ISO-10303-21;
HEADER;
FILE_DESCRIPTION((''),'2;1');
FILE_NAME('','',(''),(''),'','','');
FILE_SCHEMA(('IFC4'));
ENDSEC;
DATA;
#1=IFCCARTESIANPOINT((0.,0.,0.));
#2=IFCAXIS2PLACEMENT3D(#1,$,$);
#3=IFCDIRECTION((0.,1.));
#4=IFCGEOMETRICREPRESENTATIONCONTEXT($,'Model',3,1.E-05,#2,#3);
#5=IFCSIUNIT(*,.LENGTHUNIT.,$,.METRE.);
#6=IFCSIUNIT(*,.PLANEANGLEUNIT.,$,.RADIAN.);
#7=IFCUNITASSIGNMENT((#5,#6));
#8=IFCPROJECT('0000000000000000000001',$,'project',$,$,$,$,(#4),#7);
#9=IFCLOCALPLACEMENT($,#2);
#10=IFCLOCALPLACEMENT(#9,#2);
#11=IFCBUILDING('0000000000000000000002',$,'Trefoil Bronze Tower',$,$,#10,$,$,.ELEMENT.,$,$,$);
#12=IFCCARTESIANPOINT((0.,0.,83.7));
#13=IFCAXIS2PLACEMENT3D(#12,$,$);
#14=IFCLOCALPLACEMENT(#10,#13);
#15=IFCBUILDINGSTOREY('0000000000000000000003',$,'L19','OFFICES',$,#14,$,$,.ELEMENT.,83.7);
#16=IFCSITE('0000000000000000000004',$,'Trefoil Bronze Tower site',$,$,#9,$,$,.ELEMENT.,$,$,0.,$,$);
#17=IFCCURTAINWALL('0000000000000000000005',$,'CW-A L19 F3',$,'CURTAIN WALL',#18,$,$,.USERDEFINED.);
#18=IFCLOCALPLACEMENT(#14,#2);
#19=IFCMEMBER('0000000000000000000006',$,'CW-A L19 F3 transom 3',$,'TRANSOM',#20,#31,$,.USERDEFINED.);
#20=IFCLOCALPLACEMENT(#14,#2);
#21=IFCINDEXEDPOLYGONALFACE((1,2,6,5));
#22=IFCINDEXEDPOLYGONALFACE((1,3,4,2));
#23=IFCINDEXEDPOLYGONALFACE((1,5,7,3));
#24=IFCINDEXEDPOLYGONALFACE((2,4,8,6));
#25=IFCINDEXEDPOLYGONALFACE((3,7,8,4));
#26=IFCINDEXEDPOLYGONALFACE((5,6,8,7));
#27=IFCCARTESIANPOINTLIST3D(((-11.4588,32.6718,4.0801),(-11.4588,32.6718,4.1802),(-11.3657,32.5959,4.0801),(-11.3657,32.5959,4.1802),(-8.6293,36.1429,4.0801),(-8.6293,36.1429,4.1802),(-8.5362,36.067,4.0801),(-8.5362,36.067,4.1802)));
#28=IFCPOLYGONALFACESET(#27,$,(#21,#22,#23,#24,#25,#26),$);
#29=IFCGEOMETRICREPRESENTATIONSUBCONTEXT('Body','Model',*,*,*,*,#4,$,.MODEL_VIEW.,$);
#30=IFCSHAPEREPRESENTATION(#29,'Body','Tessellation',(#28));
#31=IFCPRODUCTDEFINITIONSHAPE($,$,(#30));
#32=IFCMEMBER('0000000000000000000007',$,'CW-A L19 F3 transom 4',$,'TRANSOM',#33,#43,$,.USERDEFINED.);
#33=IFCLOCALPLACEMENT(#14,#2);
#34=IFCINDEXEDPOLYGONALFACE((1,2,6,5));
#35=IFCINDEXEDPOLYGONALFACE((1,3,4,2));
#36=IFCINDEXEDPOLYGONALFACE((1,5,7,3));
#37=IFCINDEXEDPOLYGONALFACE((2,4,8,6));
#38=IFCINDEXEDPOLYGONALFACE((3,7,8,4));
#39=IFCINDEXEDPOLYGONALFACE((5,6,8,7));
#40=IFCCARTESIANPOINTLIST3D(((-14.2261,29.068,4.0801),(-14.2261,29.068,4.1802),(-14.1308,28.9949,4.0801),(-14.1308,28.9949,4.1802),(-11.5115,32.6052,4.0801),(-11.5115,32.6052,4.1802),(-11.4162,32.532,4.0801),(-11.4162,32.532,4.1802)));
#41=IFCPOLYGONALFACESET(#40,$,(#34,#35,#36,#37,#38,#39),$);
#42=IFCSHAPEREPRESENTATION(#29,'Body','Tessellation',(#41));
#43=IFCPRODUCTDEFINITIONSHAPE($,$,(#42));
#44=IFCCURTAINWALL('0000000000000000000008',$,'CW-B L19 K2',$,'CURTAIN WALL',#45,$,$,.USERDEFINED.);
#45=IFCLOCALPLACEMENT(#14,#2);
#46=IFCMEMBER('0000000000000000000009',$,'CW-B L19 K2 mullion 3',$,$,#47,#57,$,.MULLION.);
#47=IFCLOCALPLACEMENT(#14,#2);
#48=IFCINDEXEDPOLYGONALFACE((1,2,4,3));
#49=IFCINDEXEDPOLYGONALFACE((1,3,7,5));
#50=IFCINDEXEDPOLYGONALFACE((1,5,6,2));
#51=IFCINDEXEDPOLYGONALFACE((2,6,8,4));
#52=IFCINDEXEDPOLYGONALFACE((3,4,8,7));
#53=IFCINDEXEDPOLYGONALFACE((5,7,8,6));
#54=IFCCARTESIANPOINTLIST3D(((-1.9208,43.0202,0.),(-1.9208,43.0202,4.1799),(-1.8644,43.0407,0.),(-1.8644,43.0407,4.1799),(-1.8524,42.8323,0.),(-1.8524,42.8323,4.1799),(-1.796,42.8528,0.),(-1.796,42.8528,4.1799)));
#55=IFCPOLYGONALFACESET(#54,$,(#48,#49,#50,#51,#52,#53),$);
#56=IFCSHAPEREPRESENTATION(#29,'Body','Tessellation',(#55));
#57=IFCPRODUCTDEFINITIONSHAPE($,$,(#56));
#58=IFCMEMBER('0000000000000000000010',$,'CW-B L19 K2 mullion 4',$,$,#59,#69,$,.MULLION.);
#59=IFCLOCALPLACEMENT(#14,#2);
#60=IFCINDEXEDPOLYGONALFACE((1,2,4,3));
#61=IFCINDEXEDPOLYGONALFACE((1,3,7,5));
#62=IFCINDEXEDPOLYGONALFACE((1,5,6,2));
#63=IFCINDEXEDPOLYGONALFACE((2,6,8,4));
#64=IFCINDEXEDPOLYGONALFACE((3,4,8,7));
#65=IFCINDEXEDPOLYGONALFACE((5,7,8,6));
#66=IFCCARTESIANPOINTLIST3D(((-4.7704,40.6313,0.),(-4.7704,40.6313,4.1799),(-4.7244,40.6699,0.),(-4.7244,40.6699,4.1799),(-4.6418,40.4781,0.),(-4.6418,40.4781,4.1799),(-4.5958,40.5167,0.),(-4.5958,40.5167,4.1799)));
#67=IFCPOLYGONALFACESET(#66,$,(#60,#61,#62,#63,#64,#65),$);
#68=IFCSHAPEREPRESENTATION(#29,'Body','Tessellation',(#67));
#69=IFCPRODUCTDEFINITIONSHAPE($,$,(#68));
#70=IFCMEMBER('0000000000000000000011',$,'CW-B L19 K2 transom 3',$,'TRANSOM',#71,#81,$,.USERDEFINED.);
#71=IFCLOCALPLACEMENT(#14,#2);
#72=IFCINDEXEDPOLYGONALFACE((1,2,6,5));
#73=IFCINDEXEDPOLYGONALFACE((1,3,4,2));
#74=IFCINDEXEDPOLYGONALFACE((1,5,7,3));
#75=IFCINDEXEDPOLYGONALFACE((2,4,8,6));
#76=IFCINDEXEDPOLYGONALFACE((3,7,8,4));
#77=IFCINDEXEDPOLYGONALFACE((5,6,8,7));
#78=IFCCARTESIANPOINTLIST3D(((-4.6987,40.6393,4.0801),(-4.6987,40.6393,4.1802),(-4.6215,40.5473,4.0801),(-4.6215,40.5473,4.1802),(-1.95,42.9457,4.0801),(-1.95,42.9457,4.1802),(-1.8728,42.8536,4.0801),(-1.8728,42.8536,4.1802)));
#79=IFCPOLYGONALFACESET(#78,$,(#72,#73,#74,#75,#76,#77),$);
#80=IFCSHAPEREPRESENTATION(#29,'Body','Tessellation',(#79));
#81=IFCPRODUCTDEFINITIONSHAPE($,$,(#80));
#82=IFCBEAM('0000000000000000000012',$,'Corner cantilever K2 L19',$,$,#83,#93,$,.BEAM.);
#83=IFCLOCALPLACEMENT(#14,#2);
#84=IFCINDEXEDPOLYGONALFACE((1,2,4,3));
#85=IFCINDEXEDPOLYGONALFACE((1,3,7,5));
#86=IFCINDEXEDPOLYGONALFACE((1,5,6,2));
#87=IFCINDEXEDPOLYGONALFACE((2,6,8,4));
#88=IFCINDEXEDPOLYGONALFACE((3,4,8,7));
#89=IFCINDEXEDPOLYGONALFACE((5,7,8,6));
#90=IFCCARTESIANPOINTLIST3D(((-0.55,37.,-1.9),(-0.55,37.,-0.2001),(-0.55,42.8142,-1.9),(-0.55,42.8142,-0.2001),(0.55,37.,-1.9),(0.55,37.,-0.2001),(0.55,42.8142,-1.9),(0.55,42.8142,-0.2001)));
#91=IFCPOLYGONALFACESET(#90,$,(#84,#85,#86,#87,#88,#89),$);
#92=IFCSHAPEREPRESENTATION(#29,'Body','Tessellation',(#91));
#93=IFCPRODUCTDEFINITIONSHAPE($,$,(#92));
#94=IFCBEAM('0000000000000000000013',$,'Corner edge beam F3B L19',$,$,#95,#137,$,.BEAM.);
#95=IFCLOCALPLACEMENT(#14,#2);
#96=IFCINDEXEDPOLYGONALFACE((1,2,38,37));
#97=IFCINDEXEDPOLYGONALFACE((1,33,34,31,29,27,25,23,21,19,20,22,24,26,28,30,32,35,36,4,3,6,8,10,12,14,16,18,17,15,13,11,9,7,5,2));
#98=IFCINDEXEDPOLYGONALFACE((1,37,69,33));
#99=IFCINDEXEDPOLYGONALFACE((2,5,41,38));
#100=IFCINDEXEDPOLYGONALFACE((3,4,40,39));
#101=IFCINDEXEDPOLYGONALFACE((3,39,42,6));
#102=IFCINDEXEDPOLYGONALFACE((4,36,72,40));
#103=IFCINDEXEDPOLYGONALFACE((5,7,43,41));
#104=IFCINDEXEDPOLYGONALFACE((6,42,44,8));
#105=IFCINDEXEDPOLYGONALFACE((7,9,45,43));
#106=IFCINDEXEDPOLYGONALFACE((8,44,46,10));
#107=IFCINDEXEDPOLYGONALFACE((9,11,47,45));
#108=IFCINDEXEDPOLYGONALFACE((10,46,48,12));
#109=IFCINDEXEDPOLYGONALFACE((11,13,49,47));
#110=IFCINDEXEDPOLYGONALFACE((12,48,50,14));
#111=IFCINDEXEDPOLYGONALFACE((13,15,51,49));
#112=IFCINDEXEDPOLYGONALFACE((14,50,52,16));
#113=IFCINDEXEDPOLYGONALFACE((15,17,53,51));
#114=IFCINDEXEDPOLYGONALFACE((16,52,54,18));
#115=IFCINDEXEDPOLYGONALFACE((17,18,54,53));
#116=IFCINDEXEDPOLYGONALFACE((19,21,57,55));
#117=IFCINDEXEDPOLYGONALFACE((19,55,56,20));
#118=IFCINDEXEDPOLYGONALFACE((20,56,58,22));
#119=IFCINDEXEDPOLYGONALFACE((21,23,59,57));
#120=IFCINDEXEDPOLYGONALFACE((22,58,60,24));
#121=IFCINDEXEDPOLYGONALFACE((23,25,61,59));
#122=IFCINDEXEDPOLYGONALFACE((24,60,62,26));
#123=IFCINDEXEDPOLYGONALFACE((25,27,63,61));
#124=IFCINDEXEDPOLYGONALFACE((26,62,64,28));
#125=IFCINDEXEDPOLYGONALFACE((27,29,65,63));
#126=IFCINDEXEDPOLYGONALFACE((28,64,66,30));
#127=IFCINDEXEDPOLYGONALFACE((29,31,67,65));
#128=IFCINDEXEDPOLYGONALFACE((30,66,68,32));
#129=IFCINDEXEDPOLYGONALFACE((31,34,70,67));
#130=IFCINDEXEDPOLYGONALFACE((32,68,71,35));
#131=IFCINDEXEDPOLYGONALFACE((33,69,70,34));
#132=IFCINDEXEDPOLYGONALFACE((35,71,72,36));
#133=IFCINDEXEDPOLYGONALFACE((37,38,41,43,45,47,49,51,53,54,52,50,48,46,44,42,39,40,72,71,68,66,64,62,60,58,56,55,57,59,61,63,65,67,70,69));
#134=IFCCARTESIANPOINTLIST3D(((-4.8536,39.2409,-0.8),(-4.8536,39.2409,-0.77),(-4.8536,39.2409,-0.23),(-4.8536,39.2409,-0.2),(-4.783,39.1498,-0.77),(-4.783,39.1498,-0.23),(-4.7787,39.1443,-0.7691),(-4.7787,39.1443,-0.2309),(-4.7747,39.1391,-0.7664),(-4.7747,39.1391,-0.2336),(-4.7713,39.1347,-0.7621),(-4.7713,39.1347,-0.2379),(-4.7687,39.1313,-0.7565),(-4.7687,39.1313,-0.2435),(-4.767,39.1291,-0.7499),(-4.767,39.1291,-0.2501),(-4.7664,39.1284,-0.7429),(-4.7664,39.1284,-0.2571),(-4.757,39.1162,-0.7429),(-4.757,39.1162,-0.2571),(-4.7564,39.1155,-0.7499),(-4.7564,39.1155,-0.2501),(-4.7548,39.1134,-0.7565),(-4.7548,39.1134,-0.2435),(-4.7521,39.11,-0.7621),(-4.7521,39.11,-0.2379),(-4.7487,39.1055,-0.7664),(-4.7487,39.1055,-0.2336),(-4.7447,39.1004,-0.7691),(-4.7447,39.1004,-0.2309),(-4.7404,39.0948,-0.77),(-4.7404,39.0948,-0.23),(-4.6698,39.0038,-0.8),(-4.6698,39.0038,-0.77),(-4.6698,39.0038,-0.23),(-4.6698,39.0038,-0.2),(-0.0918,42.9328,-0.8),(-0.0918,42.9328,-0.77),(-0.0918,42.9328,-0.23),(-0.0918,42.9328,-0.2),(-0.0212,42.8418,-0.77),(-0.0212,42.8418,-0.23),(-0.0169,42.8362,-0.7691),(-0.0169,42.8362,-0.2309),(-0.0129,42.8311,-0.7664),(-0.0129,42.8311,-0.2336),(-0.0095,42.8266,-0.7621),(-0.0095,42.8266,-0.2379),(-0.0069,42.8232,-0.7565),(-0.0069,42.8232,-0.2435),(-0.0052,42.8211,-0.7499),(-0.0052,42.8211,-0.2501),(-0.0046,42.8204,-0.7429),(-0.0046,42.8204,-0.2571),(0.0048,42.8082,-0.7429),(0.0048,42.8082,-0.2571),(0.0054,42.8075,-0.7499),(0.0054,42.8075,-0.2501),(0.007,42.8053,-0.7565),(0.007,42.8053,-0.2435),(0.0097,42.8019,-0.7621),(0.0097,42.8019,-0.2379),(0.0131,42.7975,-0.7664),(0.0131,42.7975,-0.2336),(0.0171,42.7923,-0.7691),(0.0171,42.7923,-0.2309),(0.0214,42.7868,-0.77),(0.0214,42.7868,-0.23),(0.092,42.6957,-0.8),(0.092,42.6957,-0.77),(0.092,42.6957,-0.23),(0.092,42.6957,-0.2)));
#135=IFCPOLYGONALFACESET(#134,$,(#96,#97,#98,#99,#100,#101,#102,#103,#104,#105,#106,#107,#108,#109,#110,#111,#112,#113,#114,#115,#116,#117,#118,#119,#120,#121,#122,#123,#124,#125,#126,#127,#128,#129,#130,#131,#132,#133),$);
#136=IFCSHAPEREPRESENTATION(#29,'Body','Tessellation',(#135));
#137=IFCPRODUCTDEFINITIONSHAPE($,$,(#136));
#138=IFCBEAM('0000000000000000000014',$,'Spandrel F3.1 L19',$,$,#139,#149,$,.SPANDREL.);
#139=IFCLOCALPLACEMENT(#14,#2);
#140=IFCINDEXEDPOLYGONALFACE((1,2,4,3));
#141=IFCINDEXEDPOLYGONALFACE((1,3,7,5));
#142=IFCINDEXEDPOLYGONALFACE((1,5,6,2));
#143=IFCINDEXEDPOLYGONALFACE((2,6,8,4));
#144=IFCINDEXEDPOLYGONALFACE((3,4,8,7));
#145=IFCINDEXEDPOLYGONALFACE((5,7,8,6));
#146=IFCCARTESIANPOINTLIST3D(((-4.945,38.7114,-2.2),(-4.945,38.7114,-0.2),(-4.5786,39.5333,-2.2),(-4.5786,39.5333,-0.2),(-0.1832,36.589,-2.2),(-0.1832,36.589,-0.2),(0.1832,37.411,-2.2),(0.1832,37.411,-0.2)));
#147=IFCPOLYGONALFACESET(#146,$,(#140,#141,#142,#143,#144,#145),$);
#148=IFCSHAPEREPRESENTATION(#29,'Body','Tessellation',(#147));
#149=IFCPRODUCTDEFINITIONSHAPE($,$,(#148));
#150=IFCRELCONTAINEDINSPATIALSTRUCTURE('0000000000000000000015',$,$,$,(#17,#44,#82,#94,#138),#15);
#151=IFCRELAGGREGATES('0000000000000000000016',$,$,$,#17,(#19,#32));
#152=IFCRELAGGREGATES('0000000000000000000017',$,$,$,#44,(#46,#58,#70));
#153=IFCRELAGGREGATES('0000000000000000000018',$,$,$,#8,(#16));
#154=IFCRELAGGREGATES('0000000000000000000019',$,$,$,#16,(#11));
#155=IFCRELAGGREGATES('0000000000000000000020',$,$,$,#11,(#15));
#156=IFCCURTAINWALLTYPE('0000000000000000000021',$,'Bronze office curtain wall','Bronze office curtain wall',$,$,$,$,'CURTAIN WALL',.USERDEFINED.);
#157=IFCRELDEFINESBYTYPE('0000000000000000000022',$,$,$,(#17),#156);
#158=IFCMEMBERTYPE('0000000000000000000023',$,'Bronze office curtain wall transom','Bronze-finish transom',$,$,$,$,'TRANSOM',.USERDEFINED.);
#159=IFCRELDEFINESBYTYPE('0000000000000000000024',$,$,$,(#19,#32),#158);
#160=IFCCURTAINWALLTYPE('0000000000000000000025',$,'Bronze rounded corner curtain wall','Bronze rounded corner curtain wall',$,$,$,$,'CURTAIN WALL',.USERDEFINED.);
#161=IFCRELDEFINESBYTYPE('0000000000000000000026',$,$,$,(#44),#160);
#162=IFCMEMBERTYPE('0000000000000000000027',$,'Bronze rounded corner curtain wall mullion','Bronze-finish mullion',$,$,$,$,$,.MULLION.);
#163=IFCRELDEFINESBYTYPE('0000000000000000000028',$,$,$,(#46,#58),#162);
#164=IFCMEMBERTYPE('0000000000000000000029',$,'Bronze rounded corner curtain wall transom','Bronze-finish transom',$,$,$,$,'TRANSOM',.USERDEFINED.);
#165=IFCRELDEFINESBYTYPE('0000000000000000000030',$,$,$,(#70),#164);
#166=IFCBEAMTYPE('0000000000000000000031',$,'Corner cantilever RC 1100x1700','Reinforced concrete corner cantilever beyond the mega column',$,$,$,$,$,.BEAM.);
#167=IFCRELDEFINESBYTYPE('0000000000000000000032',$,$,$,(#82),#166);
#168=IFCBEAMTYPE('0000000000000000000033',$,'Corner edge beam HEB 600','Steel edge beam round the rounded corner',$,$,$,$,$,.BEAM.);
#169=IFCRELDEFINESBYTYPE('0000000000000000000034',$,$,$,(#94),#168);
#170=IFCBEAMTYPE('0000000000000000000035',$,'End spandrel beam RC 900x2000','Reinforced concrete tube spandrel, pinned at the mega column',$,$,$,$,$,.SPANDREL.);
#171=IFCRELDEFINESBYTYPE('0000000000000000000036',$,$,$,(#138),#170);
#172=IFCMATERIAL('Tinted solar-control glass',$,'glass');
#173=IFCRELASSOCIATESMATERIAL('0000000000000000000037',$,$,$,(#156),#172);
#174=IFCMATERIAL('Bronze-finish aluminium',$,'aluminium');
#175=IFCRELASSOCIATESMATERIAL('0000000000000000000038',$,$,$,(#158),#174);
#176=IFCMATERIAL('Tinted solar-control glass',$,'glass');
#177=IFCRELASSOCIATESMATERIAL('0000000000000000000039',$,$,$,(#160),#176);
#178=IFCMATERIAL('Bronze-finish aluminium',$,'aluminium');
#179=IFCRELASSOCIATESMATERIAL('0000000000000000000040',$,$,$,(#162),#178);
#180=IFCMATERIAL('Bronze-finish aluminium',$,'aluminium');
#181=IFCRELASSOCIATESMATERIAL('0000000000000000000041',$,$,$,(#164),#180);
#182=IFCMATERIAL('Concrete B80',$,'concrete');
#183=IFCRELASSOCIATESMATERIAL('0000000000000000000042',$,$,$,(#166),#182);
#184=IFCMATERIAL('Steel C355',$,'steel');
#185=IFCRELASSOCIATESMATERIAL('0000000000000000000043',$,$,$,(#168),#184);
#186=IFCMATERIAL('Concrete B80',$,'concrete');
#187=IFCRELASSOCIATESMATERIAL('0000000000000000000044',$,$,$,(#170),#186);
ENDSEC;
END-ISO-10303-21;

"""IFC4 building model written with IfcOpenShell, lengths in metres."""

from ifc_helpers import new_model, si_unit, direction, frame, origin, origin_2d, place, context, subcontext, project, spatial, rectangle, i_section, extrude, material, material_profile, profile_set, type_object, element, aggregate, save


model = new_model("IFC4")

# Units and contexts
model_context = context("Model", 3, precision=1e-05, world=origin(), true_north=direction((0.0, 1.0)))
body_context = subcontext(model_context, "Body", "Model", "MODEL_VIEW")
ifc_project = project(units=[si_unit("LENGTHUNIT", "METRE"), si_unit("PLANEANGLEUNIT", "RADIAN")], contexts=[model_context])

# Site, building, storey
site_placement = place(None, origin())
site = spatial("IfcSite", under=ifc_project, at=site_placement, Name="Trefoil Bronze Tower site", CompositionType="ELEMENT", RefElevation=0.0)
building_placement = place(site_placement, origin())
building = spatial("IfcBuilding", under=site, at=building_placement, Name="Trefoil Bronze Tower", CompositionType="ELEMENT")
storey_placement = place(building_placement, frame((0.0, 0.0, 83.7)))
storey = spatial("IfcBuildingStorey", under=building, at=storey_placement, Name="L19", Description="OFFICES", CompositionType="ELEMENT", Elevation=83.7)

# Curtain walls, members
ifc_material_1 = material(Name="Tinted solar-control glass", Category="glass")
curtain_wall_type_1 = type_object("IfcCurtainWallType", Name="Bronze office curtain wall", Description="Bronze office curtain wall", ElementType="CURTAIN WALL", PredefinedType="USERDEFINED", material=ifc_material_1)
curtain_wall_1_placement = place(storey_placement, origin())
curtain_wall_1 = element("IfcCurtainWall", 1, at=curtain_wall_1_placement, inside=storey, type_object=curtain_wall_type_1, Name="CW-A L19 F3", ObjectType="CURTAIN WALL", PredefinedType="USERDEFINED")
ifc_material_2 = material(Name="Bronze-finish aluminium", Category="aluminium")
ifc_material_profile_1 = material_profile(ifc_material_2, rectangle(XDim=0.1201, YDim=0.1001, at=origin_2d()), Name="CW-A transom")
ifc_profile_set_1 = profile_set([ifc_material_profile_1], Name="Bronze-finish aluminium")
member_type_1 = type_object("IfcMemberType", Name="Bronze office curtain wall transom", Description="Bronze-finish transom", ElementType="TRANSOM", PredefinedType="USERDEFINED", material=ifc_profile_set_1)
member_1_placement = place(storey_placement, frame((-8.5828, 36.105, 4.1301), z_axis=(-0.631836, -0.775102, 0.0), x_axis=(0.775102, -0.631836, 0.0)))
member_1 = element("IfcMember", 2, at=member_1_placement, type_object=member_type_1, Name="CW-A L19 F3 transom 3", ObjectType="TRANSOM", PredefinedType="USERDEFINED", context=body_context, shape_type="SweptSolid", body=[
    extrude(rectangle(XDim=0.1201, YDim=0.1001, at=origin_2d()), origin(), (0.0, 0.0, 1.0), 4.4783),
])
member_2_placement = place(storey_placement, frame((-11.4639, 32.5686, 4.1301), z_axis=(-0.608829, -0.793301, 0.0), x_axis=(0.793301, -0.608829, 0.0)))
member_2 = element("IfcMember", 3, at=member_2_placement, type_object=member_type_1, Name="CW-A L19 F3 transom 4", ObjectType="TRANSOM", PredefinedType="USERDEFINED", context=body_context, shape_type="SweptSolid", body=[
    extrude(rectangle(XDim=0.1201, YDim=0.1001, at=origin_2d()), origin(), (0.0, 0.0, 1.0), 4.4587),
])
ifc_material_3 = material(Name="Tinted solar-control glass", Category="glass")
curtain_wall_type_2 = type_object("IfcCurtainWallType", Name="Bronze rounded corner curtain wall", Description="Bronze rounded corner curtain wall", ElementType="CURTAIN WALL", PredefinedType="USERDEFINED", material=ifc_material_3)
curtain_wall_2_placement = place(storey_placement, origin())
curtain_wall_2 = element("IfcCurtainWall", 4, at=curtain_wall_2_placement, inside=storey, type_object=curtain_wall_type_2, Name="CW-B L19 K2", ObjectType="CURTAIN WALL", PredefinedType="USERDEFINED")
ifc_material_4 = material(Name="Bronze-finish aluminium", Category="aluminium")
ifc_material_profile_2 = material_profile(ifc_material_4, rectangle(XDim=0.2, YDim=0.0601, at=origin_2d()), Name="CW-B mullion")
ifc_profile_set_2 = profile_set([ifc_material_profile_2], Name="Bronze-finish aluminium")
member_type_2 = type_object("IfcMemberType", Name="Bronze rounded corner curtain wall mullion", Description="Bronze-finish mullion", PredefinedType="MULLION", material=ifc_profile_set_2)
member_3_placement = place(storey_placement, frame((-1.8584, 42.9365, 0.0), z_axis=(0.0, 0.0, 1.0), x_axis=(0.34202, -0.939693, 0.0)))
member_3 = element("IfcMember", 5, at=member_3_placement, type_object=member_type_2, Name="CW-B L19 K2 mullion 3", PredefinedType="MULLION", context=body_context, shape_type="SweptSolid", body=[
    extrude(rectangle(XDim=0.2, YDim=0.0601, at=origin_2d()), origin(), (0.0, 0.0, 1.0), 4.1799),
])
member_4_placement = place(storey_placement, frame((-4.6831, 40.574, 0.0), z_axis=(0.0, 0.0, 1.0), x_axis=(0.642788, -0.766044, 0.0)))
member_4 = element("IfcMember", 6, at=member_4_placement, type_object=member_type_2, Name="CW-B L19 K2 mullion 4", PredefinedType="MULLION", context=body_context, shape_type="SweptSolid", body=[
    extrude(rectangle(XDim=0.2, YDim=0.0601, at=origin_2d()), origin(), (0.0, 0.0, 1.0), 4.1799),
])
ifc_material_5 = material(Name="Bronze-finish aluminium", Category="aluminium")
ifc_material_profile_3 = material_profile(ifc_material_5, rectangle(XDim=0.1201, YDim=0.1001, at=origin_2d()), Name="CW-B transom")
ifc_profile_set_3 = profile_set([ifc_material_profile_3], Name="Bronze-finish aluminium")
member_type_3 = type_object("IfcMemberType", Name="Bronze rounded corner curtain wall transom", Description="Bronze-finish transom", ElementType="TRANSOM", PredefinedType="USERDEFINED", material=ifc_profile_set_3)
member_5_placement = place(storey_placement, frame((-1.9114, 42.8997, 4.1301), z_axis=(-0.766059, -0.642771, 0.0), x_axis=(0.642771, -0.766059, 0.0)))
member_5 = element("IfcMember", 7, at=member_5_placement, type_object=member_type_3, Name="CW-B L19 K2 transom 3", ObjectType="TRANSOM", PredefinedType="USERDEFINED", context=body_context, shape_type="SweptSolid", body=[
    extrude(rectangle(XDim=0.1201, YDim=0.1001, at=origin_2d()), origin(), (0.0, 0.0, 1.0), 3.5881),
])

# Beams
ifc_material_6 = material(Name="Concrete B80", Category="concrete")
ifc_material_profile_4 = material_profile(ifc_material_6, rectangle(XDim=1.1001, YDim=1.7, at=origin_2d()), Name="RC 1100x1700")
ifc_profile_set_4 = profile_set([ifc_material_profile_4], Name="Concrete B80")
beam_type_1 = type_object("IfcBeamType", Name="Corner cantilever RC 1100x1700", Description="Reinforced concrete corner cantilever beyond the mega column", PredefinedType="BEAM", material=ifc_profile_set_4)
beam_1_placement = place(storey_placement, frame((0.0, 37.0, -1.05), z_axis=(0.0, 1.0, 0.0), x_axis=(-1.0, 0.0, 0.0)))
element("IfcBeam", 8, at=beam_1_placement, inside=storey, type_object=beam_type_1, Name="Corner cantilever K2 L19", PredefinedType="BEAM", context=body_context, shape_type="SweptSolid", body=[
    extrude(rectangle(XDim=1.1001, YDim=1.7, at=origin_2d()), origin(), (0.0, 0.0, 1.0), 5.8142),
])
ifc_material_7 = material(Name="Steel C355", Category="steel")
ifc_material_profile_5 = material_profile(ifc_material_7, i_section(OverallWidth=0.3, OverallDepth=0.6001, WebThickness=0.0154, FlangeThickness=0.03, FilletRadius=0.0271, at=origin_2d()), Name="HEB 600")
ifc_profile_set_5 = profile_set([ifc_material_profile_5], Name="Steel C355")
beam_type_2 = type_object("IfcBeamType", Name="Corner edge beam HEB 600", Description="Steel edge beam round the rounded corner", PredefinedType="BEAM", material=ifc_profile_set_5)
beam_2_placement = place(storey_placement, frame((-4.7617, 39.1223, -0.5), z_axis=(0.790289, 0.612734, 0.0), x_axis=(-0.612734, 0.790289, 0.0)))
element("IfcBeam", 9, at=beam_2_placement, inside=storey, type_object=beam_type_2, Name="Corner edge beam F3B L19", PredefinedType="BEAM", context=body_context, shape_type="SweptSolid", body=[
    extrude(i_section(OverallWidth=0.3, OverallDepth=0.6001, WebThickness=0.0154, FlangeThickness=0.03, FilletRadius=0.0271, at=origin_2d()), origin(), (0.0, 0.0, 1.0), 6.0254),
])
ifc_material_8 = material(Name="Concrete B80", Category="concrete")
ifc_material_profile_6 = material_profile(ifc_material_8, rectangle(XDim=0.8999, YDim=2.0, at=origin_2d()), Name="RC 900x2000")
ifc_profile_set_6 = profile_set([ifc_material_profile_6], Name="Concrete B80")
beam_type_3 = type_object("IfcBeamType", Name="End spandrel beam RC 900x2000", Description="Reinforced concrete tube spandrel, pinned at the mega column", PredefinedType="SPANDREL", material=ifc_profile_set_6)
beam_3_placement = place(storey_placement, frame((0.0, 37.0, -1.2), z_axis=(-0.913384, 0.407099, 0.0), x_axis=(-0.407099, -0.913384, 0.0)))
element("IfcBeam", 10, at=beam_3_placement, inside=storey, type_object=beam_type_3, Name="Spandrel F3.1 L19", PredefinedType="SPANDREL", context=body_context, shape_type="SweptSolid", body=[
    extrude(rectangle(XDim=0.8999, YDim=2.0, at=origin_2d()), origin(), (0.0, 0.0, 1.0), 5.2134),
])

aggregate(curtain_wall_1, [member_1, member_2])
aggregate(curtain_wall_2, [member_3, member_4, member_5])

save(model, "model.ifc")
